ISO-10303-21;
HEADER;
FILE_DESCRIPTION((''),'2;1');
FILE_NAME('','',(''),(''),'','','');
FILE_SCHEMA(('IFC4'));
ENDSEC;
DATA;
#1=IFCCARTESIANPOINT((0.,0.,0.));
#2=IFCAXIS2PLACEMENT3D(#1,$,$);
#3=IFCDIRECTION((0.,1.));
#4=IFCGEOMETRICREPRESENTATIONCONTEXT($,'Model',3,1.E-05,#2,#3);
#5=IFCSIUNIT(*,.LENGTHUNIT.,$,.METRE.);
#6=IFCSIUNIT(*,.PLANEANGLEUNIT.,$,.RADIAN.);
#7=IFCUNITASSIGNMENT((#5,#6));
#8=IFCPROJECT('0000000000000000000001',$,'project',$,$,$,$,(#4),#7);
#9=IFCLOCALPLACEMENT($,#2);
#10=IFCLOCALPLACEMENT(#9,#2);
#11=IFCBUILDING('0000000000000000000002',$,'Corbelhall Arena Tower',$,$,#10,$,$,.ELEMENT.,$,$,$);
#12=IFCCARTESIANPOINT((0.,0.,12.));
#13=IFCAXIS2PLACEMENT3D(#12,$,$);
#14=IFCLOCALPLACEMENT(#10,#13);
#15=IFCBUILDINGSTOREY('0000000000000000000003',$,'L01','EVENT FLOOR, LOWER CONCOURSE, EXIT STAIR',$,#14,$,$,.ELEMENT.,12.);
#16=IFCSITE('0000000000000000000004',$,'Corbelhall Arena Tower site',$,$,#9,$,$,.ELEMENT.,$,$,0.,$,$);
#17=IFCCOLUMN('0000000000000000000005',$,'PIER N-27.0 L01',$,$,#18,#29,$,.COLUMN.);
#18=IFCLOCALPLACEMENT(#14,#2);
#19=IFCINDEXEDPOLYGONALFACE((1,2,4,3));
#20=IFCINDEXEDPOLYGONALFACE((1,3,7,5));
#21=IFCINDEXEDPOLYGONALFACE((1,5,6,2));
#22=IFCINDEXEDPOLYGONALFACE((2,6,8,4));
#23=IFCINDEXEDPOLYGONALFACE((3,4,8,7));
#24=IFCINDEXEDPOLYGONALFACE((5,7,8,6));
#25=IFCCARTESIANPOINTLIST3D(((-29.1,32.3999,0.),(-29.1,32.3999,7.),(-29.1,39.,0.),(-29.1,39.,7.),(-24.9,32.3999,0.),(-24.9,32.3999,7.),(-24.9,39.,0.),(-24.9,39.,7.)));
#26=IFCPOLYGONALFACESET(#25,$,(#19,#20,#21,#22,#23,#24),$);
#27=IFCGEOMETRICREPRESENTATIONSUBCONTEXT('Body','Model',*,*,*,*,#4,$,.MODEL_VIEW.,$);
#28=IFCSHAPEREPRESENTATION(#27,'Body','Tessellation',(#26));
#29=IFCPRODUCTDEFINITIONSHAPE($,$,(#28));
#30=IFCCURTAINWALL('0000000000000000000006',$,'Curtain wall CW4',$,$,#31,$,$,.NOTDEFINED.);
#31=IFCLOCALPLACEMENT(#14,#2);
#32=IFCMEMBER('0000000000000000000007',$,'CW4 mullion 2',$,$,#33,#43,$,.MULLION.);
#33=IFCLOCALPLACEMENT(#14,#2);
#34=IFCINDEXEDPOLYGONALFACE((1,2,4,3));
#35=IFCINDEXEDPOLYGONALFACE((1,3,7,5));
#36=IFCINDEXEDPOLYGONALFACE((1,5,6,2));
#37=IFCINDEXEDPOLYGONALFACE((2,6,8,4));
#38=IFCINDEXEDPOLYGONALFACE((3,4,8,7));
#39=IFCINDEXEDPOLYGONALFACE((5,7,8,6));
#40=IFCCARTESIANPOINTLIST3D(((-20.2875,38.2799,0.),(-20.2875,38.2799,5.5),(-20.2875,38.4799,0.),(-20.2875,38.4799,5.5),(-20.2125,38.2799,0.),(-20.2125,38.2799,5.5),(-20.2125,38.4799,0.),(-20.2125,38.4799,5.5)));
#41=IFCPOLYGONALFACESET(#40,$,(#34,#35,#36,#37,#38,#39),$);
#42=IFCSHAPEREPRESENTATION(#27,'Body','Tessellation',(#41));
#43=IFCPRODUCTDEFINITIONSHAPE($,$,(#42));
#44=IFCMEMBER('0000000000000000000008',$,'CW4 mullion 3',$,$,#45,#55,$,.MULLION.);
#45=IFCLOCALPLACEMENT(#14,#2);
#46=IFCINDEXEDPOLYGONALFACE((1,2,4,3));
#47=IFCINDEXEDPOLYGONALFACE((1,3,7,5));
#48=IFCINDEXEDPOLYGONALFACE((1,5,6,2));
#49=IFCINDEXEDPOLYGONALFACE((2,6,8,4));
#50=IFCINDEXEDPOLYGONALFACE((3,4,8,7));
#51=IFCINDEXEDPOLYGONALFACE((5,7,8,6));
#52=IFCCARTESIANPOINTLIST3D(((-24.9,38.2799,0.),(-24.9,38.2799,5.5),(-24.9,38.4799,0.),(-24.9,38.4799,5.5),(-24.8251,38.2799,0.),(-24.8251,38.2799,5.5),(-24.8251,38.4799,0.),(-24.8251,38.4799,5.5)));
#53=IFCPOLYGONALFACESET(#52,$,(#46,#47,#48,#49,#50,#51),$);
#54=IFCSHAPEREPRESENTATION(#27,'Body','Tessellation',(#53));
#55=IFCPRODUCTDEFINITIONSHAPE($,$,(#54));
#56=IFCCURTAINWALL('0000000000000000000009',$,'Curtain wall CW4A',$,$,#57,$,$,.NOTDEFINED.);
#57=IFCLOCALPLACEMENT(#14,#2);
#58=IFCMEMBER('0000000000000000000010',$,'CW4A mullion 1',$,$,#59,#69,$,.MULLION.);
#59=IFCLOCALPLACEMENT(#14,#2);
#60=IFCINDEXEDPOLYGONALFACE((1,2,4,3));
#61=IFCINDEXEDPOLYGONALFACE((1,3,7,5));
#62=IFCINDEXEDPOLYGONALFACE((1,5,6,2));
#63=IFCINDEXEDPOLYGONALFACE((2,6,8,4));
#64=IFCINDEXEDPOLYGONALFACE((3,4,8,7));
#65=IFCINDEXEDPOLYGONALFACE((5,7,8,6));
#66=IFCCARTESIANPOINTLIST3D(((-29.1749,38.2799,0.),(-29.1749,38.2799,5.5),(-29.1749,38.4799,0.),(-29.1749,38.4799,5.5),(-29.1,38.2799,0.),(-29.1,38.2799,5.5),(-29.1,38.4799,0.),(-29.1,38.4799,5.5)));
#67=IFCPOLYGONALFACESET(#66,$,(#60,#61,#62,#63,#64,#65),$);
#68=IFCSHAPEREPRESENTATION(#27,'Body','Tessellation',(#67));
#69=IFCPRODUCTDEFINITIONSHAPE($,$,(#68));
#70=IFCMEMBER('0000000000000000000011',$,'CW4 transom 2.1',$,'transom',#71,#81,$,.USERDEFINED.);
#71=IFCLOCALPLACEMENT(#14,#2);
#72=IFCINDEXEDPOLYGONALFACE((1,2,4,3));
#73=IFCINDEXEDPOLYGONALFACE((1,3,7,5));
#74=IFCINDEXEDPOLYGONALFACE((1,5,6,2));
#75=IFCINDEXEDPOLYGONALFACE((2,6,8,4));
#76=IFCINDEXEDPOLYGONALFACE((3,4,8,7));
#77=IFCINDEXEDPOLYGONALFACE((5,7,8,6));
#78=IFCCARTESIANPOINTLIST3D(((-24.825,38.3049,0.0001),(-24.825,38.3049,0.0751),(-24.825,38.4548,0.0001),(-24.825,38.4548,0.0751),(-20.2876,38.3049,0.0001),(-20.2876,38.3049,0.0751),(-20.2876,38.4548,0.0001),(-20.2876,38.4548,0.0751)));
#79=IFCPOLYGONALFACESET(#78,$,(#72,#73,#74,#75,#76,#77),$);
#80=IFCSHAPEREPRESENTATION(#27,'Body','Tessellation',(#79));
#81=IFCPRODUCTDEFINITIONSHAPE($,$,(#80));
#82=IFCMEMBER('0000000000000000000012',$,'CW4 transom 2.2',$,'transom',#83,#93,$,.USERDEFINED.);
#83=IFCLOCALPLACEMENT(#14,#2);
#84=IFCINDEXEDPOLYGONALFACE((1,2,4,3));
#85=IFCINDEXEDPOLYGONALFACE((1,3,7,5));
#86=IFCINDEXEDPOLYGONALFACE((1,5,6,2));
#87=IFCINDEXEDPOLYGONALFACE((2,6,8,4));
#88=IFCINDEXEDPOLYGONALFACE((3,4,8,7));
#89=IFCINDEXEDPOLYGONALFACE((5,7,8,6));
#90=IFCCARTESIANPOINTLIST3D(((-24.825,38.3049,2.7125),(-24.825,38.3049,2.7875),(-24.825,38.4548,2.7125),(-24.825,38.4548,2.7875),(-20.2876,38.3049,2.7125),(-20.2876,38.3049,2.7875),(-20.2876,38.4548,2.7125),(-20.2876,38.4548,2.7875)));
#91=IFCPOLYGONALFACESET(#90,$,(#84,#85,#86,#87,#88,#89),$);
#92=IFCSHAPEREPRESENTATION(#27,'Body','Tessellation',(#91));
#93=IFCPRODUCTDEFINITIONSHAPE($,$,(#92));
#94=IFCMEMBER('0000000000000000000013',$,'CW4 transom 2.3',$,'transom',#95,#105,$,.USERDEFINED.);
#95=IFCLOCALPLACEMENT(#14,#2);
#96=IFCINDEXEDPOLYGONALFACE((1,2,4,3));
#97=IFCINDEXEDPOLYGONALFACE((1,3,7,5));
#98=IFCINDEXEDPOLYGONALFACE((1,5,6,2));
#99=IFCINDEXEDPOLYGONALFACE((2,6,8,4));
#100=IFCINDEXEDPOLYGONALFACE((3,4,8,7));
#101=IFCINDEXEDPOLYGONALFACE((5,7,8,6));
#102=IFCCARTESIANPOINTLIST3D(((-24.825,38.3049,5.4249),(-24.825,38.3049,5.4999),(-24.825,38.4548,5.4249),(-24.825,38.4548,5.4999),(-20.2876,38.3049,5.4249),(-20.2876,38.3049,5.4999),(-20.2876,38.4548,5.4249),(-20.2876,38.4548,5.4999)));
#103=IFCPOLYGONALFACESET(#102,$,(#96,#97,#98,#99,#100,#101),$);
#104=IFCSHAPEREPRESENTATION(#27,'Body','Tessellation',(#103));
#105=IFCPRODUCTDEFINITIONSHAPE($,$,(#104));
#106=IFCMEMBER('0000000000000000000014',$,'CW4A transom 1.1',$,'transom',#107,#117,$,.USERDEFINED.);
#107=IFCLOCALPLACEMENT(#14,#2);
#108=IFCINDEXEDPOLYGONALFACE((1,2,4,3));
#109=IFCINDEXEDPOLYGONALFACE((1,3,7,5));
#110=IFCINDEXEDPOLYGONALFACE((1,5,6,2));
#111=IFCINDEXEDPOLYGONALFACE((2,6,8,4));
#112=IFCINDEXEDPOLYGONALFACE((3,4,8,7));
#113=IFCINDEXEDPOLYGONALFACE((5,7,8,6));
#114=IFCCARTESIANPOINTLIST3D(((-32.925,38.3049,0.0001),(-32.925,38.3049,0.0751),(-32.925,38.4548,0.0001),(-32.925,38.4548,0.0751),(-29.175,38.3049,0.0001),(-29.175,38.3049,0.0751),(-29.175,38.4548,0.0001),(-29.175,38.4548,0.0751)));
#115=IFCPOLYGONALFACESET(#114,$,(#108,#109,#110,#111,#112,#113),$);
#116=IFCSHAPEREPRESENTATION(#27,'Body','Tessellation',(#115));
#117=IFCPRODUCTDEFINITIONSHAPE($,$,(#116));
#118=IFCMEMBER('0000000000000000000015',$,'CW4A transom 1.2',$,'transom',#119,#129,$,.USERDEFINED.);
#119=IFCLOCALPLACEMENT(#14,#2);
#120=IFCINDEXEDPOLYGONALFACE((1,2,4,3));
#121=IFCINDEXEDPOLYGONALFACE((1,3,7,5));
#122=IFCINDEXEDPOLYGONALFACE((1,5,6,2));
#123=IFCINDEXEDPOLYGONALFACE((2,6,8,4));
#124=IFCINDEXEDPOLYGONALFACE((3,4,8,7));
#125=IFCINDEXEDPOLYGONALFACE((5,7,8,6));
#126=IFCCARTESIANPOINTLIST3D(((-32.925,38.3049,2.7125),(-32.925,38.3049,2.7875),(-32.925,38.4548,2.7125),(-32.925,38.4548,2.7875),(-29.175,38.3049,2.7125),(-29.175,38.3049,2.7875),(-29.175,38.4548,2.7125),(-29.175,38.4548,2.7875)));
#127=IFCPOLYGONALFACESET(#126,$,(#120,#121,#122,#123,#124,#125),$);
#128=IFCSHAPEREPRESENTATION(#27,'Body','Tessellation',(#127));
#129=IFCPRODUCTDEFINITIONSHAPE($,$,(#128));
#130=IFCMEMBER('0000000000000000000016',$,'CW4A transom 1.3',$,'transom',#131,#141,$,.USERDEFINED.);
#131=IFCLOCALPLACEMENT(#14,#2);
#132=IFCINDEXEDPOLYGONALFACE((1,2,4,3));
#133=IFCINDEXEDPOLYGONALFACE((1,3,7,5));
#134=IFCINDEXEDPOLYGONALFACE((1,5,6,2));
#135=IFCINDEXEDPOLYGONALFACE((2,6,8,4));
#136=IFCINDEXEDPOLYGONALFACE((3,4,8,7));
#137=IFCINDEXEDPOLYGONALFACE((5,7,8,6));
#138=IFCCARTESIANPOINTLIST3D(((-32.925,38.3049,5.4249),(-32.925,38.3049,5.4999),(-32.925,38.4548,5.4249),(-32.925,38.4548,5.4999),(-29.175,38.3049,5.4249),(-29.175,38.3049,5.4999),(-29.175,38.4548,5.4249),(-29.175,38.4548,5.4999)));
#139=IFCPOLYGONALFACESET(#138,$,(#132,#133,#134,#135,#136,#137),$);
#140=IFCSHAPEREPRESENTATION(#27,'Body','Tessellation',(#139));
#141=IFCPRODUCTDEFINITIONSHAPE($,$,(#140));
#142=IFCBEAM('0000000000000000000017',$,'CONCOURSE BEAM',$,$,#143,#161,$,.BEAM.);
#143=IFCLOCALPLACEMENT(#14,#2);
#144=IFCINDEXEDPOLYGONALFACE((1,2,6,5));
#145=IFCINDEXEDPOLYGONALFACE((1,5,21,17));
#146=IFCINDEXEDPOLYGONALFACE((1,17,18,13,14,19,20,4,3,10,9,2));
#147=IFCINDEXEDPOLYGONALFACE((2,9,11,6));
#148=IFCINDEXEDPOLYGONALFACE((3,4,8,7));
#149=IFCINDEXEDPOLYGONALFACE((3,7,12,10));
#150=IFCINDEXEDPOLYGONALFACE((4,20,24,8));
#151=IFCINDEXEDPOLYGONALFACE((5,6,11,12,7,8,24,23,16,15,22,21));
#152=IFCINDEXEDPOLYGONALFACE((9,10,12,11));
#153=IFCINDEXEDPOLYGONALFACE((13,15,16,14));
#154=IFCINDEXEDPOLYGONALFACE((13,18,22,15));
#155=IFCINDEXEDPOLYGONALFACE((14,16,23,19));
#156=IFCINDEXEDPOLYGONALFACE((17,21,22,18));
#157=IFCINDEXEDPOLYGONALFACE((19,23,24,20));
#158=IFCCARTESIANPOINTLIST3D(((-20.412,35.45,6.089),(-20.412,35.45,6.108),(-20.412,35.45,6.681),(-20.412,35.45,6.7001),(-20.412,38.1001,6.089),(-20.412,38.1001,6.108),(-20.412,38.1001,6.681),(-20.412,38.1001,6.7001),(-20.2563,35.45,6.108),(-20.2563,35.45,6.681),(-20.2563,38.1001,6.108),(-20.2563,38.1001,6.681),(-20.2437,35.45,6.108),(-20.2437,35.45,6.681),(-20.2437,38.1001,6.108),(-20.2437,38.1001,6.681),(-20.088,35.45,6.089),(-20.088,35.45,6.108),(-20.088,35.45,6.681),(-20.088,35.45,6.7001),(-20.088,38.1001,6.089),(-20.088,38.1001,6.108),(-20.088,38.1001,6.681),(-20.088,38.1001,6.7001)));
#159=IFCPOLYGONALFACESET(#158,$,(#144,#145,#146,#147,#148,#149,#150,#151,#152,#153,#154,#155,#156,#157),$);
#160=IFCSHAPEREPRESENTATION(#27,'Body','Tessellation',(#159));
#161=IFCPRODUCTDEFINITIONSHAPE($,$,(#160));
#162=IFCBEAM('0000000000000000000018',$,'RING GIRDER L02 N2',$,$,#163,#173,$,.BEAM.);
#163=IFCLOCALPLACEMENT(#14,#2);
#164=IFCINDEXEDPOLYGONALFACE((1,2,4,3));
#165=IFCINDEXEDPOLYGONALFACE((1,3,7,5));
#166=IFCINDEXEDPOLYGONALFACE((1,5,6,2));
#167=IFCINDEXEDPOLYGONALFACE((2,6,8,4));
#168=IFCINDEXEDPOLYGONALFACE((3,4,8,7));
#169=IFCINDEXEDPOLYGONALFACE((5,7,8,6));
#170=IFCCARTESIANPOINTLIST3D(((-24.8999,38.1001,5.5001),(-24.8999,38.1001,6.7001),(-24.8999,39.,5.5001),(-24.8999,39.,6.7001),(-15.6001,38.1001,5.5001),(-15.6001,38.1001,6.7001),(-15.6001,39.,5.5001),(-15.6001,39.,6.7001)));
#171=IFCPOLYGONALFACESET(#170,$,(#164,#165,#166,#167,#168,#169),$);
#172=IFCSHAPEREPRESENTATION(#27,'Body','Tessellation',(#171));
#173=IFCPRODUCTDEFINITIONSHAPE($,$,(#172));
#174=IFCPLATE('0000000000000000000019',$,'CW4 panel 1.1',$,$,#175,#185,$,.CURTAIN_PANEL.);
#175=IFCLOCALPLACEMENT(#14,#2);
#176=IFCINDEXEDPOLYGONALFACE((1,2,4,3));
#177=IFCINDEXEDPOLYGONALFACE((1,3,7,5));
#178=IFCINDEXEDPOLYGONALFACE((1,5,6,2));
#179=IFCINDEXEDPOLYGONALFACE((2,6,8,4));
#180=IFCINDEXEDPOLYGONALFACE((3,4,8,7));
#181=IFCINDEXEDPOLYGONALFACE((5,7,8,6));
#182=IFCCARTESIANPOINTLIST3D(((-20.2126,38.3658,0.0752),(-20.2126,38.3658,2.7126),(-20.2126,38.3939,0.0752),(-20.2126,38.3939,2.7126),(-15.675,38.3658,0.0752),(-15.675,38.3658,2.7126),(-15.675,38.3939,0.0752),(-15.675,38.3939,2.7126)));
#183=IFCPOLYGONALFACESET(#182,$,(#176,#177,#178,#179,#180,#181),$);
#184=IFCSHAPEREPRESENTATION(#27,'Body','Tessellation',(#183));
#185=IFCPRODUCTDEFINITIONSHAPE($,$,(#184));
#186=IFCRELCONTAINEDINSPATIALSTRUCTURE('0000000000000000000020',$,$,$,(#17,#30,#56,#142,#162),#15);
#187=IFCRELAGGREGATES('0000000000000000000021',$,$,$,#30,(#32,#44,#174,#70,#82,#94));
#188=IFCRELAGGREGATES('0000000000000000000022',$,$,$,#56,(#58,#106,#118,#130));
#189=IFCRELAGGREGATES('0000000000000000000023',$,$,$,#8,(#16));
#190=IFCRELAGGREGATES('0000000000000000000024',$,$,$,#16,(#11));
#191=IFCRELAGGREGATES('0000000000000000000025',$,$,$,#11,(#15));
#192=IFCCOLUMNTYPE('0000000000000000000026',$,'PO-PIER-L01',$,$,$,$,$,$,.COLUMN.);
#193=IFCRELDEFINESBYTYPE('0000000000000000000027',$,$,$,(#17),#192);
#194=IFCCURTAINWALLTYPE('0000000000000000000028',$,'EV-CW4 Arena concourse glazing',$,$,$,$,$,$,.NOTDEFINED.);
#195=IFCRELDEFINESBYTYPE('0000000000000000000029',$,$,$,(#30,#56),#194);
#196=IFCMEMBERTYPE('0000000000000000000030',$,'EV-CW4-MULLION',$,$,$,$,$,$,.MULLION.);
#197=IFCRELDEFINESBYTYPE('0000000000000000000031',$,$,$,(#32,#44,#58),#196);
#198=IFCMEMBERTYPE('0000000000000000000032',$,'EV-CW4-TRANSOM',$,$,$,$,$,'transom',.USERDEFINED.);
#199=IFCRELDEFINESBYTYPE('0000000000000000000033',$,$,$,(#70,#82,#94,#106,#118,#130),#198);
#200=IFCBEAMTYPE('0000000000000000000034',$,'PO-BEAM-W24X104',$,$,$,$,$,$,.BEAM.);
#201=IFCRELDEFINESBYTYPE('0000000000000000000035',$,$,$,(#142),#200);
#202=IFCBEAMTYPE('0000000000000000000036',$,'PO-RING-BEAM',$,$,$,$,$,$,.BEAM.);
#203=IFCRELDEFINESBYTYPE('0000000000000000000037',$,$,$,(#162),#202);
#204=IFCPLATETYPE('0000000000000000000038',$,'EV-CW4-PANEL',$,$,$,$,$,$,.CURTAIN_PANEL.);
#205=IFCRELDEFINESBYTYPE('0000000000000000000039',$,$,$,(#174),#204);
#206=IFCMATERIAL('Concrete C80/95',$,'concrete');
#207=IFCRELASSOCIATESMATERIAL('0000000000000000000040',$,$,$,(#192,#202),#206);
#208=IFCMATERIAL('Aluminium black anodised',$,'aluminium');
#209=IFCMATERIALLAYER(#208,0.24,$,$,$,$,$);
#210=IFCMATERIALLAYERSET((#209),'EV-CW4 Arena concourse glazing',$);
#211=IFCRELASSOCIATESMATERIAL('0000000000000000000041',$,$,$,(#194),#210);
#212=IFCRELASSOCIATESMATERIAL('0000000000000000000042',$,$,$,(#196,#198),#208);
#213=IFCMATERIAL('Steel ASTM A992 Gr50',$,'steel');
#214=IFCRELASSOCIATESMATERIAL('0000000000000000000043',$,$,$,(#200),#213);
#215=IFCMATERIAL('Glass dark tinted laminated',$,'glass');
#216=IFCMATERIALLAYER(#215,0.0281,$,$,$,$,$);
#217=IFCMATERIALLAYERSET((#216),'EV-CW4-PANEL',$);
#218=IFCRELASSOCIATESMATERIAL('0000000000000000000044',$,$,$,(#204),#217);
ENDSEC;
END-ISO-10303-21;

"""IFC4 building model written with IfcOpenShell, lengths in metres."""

from ifc_helpers import new_model, si_unit, direction, frame, origin, origin_2d, place, context, subcontext, project, spatial, rectangle, i_section, extrude, material, layer, layer_set, material_profile, profile_set, type_object, element, aggregate, save


model = new_model("IFC4")

# Units and contexts
model_context = context("Model", 3, precision=1e-05, world=origin(), true_north=direction((0.0, 1.0)))
body_context = subcontext(model_context, "Body", "Model", "MODEL_VIEW")
ifc_project = project(units=[si_unit("LENGTHUNIT", "METRE"), si_unit("PLANEANGLEUNIT", "RADIAN")], contexts=[model_context])

# Site, building, storey
site_placement = place(None, origin())
site = spatial("IfcSite", under=ifc_project, at=site_placement, Name="Corbelhall Arena Tower site", CompositionType="ELEMENT", RefElevation=0.0)
building_placement = place(site_placement, origin())
building = spatial("IfcBuilding", under=site, at=building_placement, Name="Corbelhall Arena Tower", CompositionType="ELEMENT")
storey_placement = place(building_placement, frame((0.0, 0.0, 12.0)))
storey = spatial("IfcBuildingStorey", under=building, at=storey_placement, Name="L01", Description="EVENT FLOOR, LOWER CONCOURSE, EXIT STAIR", CompositionType="ELEMENT", Elevation=12.0)

# Column
ifc_material_1 = material(Name="Concrete C80/95", Category="concrete")
ifc_material_profile_1 = material_profile(ifc_material_1, rectangle(XDim=4.2, YDim=6.6001, at=origin_2d()))
ifc_profile_set_1 = profile_set([ifc_material_profile_1], Name="Concrete C80/95")
column_type = type_object("IfcColumnType", Name="PO-PIER-L01", PredefinedType="COLUMN", material=ifc_profile_set_1)
column_placement = place(storey_placement, frame((-27.0, 35.7, 0.0), z_axis=(0.0, 0.0, 1.0), x_axis=(1.0, 0.0, 0.0)))
element("IfcColumn", 1, at=column_placement, inside=storey, type_object=column_type, Name="PIER N-27.0 L01", PredefinedType="COLUMN", context=body_context, shape_type="SweptSolid", body=[
    extrude(rectangle(XDim=4.2, YDim=6.6001, at=origin_2d()), origin(), (0.0, 0.0, 1.0), 7.0),
])

# Curtain wall, members
ifc_material_2 = material(Name="Aluminium black anodised", Category="aluminium")
ifc_layer_1 = layer(ifc_material_2, 0.24)
ifc_layer_set_1 = layer_set([ifc_layer_1], Name="EV-CW4 Arena concourse glazing")
curtain_wall_type = type_object("IfcCurtainWallType", Name="EV-CW4 Arena concourse glazing", PredefinedType="NOTDEFINED", material=ifc_layer_set_1)
curtain_wall_1_placement = place(storey_placement, origin())
curtain_wall_1 = element("IfcCurtainWall", 2, at=curtain_wall_1_placement, inside=storey, type_object=curtain_wall_type, Name="Curtain wall CW4", PredefinedType="NOTDEFINED")
ifc_material_profile_2 = material_profile(ifc_material_2, rectangle(XDim=0.2, YDim=0.075, at=origin_2d()))
ifc_profile_set_2 = profile_set([ifc_material_profile_2], Name="Aluminium black anodised")
member_type_1 = type_object("IfcMemberType", Name="EV-CW4-MULLION", PredefinedType="MULLION", material=ifc_profile_set_2)
member_1_placement = place(storey_placement, frame((-20.25, 38.3799, 0.0), z_axis=(0.0, 0.0, 1.0), x_axis=(0.0, -1.0, 0.0)))
member_1 = element("IfcMember", 3, at=member_1_placement, type_object=member_type_1, Name="CW4 mullion 2", PredefinedType="MULLION", context=body_context, shape_type="SweptSolid", body=[
    extrude(rectangle(XDim=0.2, YDim=0.075, at=origin_2d()), origin(), (0.0, 0.0, 1.0), 5.5),
])
member_2_placement = place(storey_placement, frame((-24.8625, 38.3799, 0.0), z_axis=(0.0, 0.0, 1.0), x_axis=(0.0, -1.0, 0.0)))
member_2 = element("IfcMember", 4, at=member_2_placement, type_object=member_type_1, Name="CW4 mullion 3", PredefinedType="MULLION", context=body_context, shape_type="SweptSolid", body=[
    extrude(rectangle(XDim=0.2, YDim=0.075, at=origin_2d()), origin(), (0.0, 0.0, 1.0), 5.5),
])

# Curtain wall, member
curtain_wall_2_placement = place(storey_placement, origin())
curtain_wall_2 = element("IfcCurtainWall", 5, at=curtain_wall_2_placement, inside=storey, type_object=curtain_wall_type, Name="Curtain wall CW4A", PredefinedType="NOTDEFINED")
member_3_placement = place(storey_placement, frame((-29.1375, 38.3799, 0.0), z_axis=(0.0, 0.0, 1.0), x_axis=(0.0, -1.0, 0.0)))
member_3 = element("IfcMember", 6, at=member_3_placement, type_object=member_type_1, Name="CW4A mullion 1", PredefinedType="MULLION", context=body_context, shape_type="SweptSolid", body=[
    extrude(rectangle(XDim=0.2, YDim=0.075, at=origin_2d()), origin(), (0.0, 0.0, 1.0), 5.5),
])

# Members
ifc_material_profile_3 = material_profile(ifc_material_2, rectangle(XDim=0.1499, YDim=0.075, at=origin_2d()))
ifc_profile_set_3 = profile_set([ifc_material_profile_3], Name="Aluminium black anodised")
member_type_2 = type_object("IfcMemberType", Name="EV-CW4-TRANSOM", ElementType="transom", PredefinedType="USERDEFINED", material=ifc_profile_set_3)
member_4_placement = place(storey_placement, frame((-20.2876, 38.3799, 0.0376), z_axis=(-1.0, 0.0, 0.0), x_axis=(0.0, -1.0, 0.0)))
member_4 = element("IfcMember", 7, at=member_4_placement, type_object=member_type_2, Name="CW4 transom 2.1", ObjectType="transom", PredefinedType="USERDEFINED", context=body_context, shape_type="SweptSolid", body=[
    extrude(rectangle(XDim=0.1499, YDim=0.075, at=origin_2d()), origin(), (0.0, 0.0, 1.0), 4.5374),
])
member_5_placement = place(storey_placement, frame((-20.2876, 38.3799, 2.75), z_axis=(-1.0, 0.0, 0.0), x_axis=(0.0, -1.0, 0.0)))
member_5 = element("IfcMember", 8, at=member_5_placement, type_object=member_type_2, Name="CW4 transom 2.2", ObjectType="transom", PredefinedType="USERDEFINED", context=body_context, shape_type="SweptSolid", body=[
    extrude(rectangle(XDim=0.1499, YDim=0.075, at=origin_2d()), origin(), (0.0, 0.0, 1.0), 4.5374),
])
member_6_placement = place(storey_placement, frame((-20.2876, 38.3799, 5.4624), z_axis=(-1.0, 0.0, 0.0), x_axis=(0.0, -1.0, 0.0)))
member_6 = element("IfcMember", 9, at=member_6_placement, type_object=member_type_2, Name="CW4 transom 2.3", ObjectType="transom", PredefinedType="USERDEFINED", context=body_context, shape_type="SweptSolid", body=[
    extrude(rectangle(XDim=0.1499, YDim=0.075, at=origin_2d()), origin(), (0.0, 0.0, 1.0), 4.5374),
])
member_7_placement = place(storey_placement, frame((-29.175, 38.3799, 0.0376), z_axis=(-1.0, 0.0, 0.0), x_axis=(0.0, -1.0, 0.0)))
member_7 = element("IfcMember", 10, at=member_7_placement, type_object=member_type_2, Name="CW4A transom 1.1", ObjectType="transom", PredefinedType="USERDEFINED", context=body_context, shape_type="SweptSolid", body=[
    extrude(rectangle(XDim=0.1499, YDim=0.075, at=origin_2d()), origin(), (0.0, 0.0, 1.0), 3.75),
])
member_8_placement = place(storey_placement, frame((-29.175, 38.3799, 2.75), z_axis=(-1.0, 0.0, 0.0), x_axis=(0.0, -1.0, 0.0)))
member_8 = element("IfcMember", 11, at=member_8_placement, type_object=member_type_2, Name="CW4A transom 1.2", ObjectType="transom", PredefinedType="USERDEFINED", context=body_context, shape_type="SweptSolid", body=[
    extrude(rectangle(XDim=0.1499, YDim=0.075, at=origin_2d()), origin(), (0.0, 0.0, 1.0), 3.75),
])
member_9_placement = place(storey_placement, frame((-29.175, 38.3799, 5.4624), z_axis=(-1.0, 0.0, 0.0), x_axis=(0.0, -1.0, 0.0)))
member_9 = element("IfcMember", 12, at=member_9_placement, type_object=member_type_2, Name="CW4A transom 1.3", ObjectType="transom", PredefinedType="USERDEFINED", context=body_context, shape_type="SweptSolid", body=[
    extrude(rectangle(XDim=0.1499, YDim=0.075, at=origin_2d()), origin(), (0.0, 0.0, 1.0), 3.75),
])

# Beams
ifc_material_3 = material(Name="Steel ASTM A992 Gr50", Category="steel")
ifc_material_profile_4 = material_profile(ifc_material_3, i_section(OverallWidth=0.324, OverallDepth=0.6111, WebThickness=0.0127, FlangeThickness=0.019, at=origin_2d()))
ifc_profile_set_4 = profile_set([ifc_material_profile_4], Name="Steel ASTM A992 Gr50")
beam_type_1 = type_object("IfcBeamType", Name="PO-BEAM-W24X104", PredefinedType="BEAM", material=ifc_profile_set_4)
beam_1_placement = place(storey_placement, frame((-20.25, 35.45, 6.3945), z_axis=(0.0, 1.0, 0.0), x_axis=(-1.0, 0.0, 0.0)))
element("IfcBeam", 13, at=beam_1_placement, inside=storey, type_object=beam_type_1, Name="CONCOURSE BEAM", PredefinedType="BEAM", context=body_context, shape_type="SweptSolid", body=[
    extrude(i_section(OverallWidth=0.324, OverallDepth=0.6111, WebThickness=0.0127, FlangeThickness=0.019, at=origin_2d()), origin(), (0.0, 0.0, 1.0), 2.6501),
])
ifc_material_profile_5 = material_profile(ifc_material_1, rectangle(XDim=0.8999, YDim=1.2, at=origin_2d()))
ifc_profile_set_5 = profile_set([ifc_material_profile_5], Name="Concrete C80/95")
beam_type_2 = type_object("IfcBeamType", Name="PO-RING-BEAM", PredefinedType="BEAM", material=ifc_profile_set_5)
beam_2_placement = place(storey_placement, frame((-24.8999, 38.55, 6.1001), z_axis=(1.0, 0.0, 0.0), x_axis=(0.0, 1.0, 0.0)))
element("IfcBeam", 14, at=beam_2_placement, inside=storey, type_object=beam_type_2, Name="RING GIRDER L02 N2", PredefinedType="BEAM", context=body_context, shape_type="SweptSolid", body=[
    extrude(rectangle(XDim=0.8999, YDim=1.2, at=origin_2d()), origin(), (0.0, 0.0, 1.0), 9.2998),
])

# Plate
ifc_material_4 = material(Name="Glass dark tinted laminated", Category="glass")
ifc_layer_2 = layer(ifc_material_4, 0.0281)
ifc_layer_set_2 = layer_set([ifc_layer_2], Name="EV-CW4-PANEL")
plate_type = type_object("IfcPlateType", Name="EV-CW4-PANEL", PredefinedType="CURTAIN_PANEL", material=ifc_layer_set_2)
plate_1_placement = place(storey_placement, frame((-17.9438, 38.3799, 0.0752), z_axis=(0.0, 0.0, 1.0), x_axis=(-1.0, 0.0, 0.0)))
plate_1 = element("IfcPlate", 15, at=plate_1_placement, type_object=plate_type, Name="CW4 panel 1.1", PredefinedType="CURTAIN_PANEL", context=body_context, shape_type="SweptSolid", body=[
    extrude(rectangle(XDim=4.5376, YDim=0.0281, at=origin_2d()), origin(), (0.0, 0.0, 1.0), 2.6375),
])
aggregate(curtain_wall_1, [member_1, member_2, plate_1, member_4, member_5, member_6])
aggregate(curtain_wall_2, [member_3, member_7, member_8, member_9])

save(model, "model.ifc")
